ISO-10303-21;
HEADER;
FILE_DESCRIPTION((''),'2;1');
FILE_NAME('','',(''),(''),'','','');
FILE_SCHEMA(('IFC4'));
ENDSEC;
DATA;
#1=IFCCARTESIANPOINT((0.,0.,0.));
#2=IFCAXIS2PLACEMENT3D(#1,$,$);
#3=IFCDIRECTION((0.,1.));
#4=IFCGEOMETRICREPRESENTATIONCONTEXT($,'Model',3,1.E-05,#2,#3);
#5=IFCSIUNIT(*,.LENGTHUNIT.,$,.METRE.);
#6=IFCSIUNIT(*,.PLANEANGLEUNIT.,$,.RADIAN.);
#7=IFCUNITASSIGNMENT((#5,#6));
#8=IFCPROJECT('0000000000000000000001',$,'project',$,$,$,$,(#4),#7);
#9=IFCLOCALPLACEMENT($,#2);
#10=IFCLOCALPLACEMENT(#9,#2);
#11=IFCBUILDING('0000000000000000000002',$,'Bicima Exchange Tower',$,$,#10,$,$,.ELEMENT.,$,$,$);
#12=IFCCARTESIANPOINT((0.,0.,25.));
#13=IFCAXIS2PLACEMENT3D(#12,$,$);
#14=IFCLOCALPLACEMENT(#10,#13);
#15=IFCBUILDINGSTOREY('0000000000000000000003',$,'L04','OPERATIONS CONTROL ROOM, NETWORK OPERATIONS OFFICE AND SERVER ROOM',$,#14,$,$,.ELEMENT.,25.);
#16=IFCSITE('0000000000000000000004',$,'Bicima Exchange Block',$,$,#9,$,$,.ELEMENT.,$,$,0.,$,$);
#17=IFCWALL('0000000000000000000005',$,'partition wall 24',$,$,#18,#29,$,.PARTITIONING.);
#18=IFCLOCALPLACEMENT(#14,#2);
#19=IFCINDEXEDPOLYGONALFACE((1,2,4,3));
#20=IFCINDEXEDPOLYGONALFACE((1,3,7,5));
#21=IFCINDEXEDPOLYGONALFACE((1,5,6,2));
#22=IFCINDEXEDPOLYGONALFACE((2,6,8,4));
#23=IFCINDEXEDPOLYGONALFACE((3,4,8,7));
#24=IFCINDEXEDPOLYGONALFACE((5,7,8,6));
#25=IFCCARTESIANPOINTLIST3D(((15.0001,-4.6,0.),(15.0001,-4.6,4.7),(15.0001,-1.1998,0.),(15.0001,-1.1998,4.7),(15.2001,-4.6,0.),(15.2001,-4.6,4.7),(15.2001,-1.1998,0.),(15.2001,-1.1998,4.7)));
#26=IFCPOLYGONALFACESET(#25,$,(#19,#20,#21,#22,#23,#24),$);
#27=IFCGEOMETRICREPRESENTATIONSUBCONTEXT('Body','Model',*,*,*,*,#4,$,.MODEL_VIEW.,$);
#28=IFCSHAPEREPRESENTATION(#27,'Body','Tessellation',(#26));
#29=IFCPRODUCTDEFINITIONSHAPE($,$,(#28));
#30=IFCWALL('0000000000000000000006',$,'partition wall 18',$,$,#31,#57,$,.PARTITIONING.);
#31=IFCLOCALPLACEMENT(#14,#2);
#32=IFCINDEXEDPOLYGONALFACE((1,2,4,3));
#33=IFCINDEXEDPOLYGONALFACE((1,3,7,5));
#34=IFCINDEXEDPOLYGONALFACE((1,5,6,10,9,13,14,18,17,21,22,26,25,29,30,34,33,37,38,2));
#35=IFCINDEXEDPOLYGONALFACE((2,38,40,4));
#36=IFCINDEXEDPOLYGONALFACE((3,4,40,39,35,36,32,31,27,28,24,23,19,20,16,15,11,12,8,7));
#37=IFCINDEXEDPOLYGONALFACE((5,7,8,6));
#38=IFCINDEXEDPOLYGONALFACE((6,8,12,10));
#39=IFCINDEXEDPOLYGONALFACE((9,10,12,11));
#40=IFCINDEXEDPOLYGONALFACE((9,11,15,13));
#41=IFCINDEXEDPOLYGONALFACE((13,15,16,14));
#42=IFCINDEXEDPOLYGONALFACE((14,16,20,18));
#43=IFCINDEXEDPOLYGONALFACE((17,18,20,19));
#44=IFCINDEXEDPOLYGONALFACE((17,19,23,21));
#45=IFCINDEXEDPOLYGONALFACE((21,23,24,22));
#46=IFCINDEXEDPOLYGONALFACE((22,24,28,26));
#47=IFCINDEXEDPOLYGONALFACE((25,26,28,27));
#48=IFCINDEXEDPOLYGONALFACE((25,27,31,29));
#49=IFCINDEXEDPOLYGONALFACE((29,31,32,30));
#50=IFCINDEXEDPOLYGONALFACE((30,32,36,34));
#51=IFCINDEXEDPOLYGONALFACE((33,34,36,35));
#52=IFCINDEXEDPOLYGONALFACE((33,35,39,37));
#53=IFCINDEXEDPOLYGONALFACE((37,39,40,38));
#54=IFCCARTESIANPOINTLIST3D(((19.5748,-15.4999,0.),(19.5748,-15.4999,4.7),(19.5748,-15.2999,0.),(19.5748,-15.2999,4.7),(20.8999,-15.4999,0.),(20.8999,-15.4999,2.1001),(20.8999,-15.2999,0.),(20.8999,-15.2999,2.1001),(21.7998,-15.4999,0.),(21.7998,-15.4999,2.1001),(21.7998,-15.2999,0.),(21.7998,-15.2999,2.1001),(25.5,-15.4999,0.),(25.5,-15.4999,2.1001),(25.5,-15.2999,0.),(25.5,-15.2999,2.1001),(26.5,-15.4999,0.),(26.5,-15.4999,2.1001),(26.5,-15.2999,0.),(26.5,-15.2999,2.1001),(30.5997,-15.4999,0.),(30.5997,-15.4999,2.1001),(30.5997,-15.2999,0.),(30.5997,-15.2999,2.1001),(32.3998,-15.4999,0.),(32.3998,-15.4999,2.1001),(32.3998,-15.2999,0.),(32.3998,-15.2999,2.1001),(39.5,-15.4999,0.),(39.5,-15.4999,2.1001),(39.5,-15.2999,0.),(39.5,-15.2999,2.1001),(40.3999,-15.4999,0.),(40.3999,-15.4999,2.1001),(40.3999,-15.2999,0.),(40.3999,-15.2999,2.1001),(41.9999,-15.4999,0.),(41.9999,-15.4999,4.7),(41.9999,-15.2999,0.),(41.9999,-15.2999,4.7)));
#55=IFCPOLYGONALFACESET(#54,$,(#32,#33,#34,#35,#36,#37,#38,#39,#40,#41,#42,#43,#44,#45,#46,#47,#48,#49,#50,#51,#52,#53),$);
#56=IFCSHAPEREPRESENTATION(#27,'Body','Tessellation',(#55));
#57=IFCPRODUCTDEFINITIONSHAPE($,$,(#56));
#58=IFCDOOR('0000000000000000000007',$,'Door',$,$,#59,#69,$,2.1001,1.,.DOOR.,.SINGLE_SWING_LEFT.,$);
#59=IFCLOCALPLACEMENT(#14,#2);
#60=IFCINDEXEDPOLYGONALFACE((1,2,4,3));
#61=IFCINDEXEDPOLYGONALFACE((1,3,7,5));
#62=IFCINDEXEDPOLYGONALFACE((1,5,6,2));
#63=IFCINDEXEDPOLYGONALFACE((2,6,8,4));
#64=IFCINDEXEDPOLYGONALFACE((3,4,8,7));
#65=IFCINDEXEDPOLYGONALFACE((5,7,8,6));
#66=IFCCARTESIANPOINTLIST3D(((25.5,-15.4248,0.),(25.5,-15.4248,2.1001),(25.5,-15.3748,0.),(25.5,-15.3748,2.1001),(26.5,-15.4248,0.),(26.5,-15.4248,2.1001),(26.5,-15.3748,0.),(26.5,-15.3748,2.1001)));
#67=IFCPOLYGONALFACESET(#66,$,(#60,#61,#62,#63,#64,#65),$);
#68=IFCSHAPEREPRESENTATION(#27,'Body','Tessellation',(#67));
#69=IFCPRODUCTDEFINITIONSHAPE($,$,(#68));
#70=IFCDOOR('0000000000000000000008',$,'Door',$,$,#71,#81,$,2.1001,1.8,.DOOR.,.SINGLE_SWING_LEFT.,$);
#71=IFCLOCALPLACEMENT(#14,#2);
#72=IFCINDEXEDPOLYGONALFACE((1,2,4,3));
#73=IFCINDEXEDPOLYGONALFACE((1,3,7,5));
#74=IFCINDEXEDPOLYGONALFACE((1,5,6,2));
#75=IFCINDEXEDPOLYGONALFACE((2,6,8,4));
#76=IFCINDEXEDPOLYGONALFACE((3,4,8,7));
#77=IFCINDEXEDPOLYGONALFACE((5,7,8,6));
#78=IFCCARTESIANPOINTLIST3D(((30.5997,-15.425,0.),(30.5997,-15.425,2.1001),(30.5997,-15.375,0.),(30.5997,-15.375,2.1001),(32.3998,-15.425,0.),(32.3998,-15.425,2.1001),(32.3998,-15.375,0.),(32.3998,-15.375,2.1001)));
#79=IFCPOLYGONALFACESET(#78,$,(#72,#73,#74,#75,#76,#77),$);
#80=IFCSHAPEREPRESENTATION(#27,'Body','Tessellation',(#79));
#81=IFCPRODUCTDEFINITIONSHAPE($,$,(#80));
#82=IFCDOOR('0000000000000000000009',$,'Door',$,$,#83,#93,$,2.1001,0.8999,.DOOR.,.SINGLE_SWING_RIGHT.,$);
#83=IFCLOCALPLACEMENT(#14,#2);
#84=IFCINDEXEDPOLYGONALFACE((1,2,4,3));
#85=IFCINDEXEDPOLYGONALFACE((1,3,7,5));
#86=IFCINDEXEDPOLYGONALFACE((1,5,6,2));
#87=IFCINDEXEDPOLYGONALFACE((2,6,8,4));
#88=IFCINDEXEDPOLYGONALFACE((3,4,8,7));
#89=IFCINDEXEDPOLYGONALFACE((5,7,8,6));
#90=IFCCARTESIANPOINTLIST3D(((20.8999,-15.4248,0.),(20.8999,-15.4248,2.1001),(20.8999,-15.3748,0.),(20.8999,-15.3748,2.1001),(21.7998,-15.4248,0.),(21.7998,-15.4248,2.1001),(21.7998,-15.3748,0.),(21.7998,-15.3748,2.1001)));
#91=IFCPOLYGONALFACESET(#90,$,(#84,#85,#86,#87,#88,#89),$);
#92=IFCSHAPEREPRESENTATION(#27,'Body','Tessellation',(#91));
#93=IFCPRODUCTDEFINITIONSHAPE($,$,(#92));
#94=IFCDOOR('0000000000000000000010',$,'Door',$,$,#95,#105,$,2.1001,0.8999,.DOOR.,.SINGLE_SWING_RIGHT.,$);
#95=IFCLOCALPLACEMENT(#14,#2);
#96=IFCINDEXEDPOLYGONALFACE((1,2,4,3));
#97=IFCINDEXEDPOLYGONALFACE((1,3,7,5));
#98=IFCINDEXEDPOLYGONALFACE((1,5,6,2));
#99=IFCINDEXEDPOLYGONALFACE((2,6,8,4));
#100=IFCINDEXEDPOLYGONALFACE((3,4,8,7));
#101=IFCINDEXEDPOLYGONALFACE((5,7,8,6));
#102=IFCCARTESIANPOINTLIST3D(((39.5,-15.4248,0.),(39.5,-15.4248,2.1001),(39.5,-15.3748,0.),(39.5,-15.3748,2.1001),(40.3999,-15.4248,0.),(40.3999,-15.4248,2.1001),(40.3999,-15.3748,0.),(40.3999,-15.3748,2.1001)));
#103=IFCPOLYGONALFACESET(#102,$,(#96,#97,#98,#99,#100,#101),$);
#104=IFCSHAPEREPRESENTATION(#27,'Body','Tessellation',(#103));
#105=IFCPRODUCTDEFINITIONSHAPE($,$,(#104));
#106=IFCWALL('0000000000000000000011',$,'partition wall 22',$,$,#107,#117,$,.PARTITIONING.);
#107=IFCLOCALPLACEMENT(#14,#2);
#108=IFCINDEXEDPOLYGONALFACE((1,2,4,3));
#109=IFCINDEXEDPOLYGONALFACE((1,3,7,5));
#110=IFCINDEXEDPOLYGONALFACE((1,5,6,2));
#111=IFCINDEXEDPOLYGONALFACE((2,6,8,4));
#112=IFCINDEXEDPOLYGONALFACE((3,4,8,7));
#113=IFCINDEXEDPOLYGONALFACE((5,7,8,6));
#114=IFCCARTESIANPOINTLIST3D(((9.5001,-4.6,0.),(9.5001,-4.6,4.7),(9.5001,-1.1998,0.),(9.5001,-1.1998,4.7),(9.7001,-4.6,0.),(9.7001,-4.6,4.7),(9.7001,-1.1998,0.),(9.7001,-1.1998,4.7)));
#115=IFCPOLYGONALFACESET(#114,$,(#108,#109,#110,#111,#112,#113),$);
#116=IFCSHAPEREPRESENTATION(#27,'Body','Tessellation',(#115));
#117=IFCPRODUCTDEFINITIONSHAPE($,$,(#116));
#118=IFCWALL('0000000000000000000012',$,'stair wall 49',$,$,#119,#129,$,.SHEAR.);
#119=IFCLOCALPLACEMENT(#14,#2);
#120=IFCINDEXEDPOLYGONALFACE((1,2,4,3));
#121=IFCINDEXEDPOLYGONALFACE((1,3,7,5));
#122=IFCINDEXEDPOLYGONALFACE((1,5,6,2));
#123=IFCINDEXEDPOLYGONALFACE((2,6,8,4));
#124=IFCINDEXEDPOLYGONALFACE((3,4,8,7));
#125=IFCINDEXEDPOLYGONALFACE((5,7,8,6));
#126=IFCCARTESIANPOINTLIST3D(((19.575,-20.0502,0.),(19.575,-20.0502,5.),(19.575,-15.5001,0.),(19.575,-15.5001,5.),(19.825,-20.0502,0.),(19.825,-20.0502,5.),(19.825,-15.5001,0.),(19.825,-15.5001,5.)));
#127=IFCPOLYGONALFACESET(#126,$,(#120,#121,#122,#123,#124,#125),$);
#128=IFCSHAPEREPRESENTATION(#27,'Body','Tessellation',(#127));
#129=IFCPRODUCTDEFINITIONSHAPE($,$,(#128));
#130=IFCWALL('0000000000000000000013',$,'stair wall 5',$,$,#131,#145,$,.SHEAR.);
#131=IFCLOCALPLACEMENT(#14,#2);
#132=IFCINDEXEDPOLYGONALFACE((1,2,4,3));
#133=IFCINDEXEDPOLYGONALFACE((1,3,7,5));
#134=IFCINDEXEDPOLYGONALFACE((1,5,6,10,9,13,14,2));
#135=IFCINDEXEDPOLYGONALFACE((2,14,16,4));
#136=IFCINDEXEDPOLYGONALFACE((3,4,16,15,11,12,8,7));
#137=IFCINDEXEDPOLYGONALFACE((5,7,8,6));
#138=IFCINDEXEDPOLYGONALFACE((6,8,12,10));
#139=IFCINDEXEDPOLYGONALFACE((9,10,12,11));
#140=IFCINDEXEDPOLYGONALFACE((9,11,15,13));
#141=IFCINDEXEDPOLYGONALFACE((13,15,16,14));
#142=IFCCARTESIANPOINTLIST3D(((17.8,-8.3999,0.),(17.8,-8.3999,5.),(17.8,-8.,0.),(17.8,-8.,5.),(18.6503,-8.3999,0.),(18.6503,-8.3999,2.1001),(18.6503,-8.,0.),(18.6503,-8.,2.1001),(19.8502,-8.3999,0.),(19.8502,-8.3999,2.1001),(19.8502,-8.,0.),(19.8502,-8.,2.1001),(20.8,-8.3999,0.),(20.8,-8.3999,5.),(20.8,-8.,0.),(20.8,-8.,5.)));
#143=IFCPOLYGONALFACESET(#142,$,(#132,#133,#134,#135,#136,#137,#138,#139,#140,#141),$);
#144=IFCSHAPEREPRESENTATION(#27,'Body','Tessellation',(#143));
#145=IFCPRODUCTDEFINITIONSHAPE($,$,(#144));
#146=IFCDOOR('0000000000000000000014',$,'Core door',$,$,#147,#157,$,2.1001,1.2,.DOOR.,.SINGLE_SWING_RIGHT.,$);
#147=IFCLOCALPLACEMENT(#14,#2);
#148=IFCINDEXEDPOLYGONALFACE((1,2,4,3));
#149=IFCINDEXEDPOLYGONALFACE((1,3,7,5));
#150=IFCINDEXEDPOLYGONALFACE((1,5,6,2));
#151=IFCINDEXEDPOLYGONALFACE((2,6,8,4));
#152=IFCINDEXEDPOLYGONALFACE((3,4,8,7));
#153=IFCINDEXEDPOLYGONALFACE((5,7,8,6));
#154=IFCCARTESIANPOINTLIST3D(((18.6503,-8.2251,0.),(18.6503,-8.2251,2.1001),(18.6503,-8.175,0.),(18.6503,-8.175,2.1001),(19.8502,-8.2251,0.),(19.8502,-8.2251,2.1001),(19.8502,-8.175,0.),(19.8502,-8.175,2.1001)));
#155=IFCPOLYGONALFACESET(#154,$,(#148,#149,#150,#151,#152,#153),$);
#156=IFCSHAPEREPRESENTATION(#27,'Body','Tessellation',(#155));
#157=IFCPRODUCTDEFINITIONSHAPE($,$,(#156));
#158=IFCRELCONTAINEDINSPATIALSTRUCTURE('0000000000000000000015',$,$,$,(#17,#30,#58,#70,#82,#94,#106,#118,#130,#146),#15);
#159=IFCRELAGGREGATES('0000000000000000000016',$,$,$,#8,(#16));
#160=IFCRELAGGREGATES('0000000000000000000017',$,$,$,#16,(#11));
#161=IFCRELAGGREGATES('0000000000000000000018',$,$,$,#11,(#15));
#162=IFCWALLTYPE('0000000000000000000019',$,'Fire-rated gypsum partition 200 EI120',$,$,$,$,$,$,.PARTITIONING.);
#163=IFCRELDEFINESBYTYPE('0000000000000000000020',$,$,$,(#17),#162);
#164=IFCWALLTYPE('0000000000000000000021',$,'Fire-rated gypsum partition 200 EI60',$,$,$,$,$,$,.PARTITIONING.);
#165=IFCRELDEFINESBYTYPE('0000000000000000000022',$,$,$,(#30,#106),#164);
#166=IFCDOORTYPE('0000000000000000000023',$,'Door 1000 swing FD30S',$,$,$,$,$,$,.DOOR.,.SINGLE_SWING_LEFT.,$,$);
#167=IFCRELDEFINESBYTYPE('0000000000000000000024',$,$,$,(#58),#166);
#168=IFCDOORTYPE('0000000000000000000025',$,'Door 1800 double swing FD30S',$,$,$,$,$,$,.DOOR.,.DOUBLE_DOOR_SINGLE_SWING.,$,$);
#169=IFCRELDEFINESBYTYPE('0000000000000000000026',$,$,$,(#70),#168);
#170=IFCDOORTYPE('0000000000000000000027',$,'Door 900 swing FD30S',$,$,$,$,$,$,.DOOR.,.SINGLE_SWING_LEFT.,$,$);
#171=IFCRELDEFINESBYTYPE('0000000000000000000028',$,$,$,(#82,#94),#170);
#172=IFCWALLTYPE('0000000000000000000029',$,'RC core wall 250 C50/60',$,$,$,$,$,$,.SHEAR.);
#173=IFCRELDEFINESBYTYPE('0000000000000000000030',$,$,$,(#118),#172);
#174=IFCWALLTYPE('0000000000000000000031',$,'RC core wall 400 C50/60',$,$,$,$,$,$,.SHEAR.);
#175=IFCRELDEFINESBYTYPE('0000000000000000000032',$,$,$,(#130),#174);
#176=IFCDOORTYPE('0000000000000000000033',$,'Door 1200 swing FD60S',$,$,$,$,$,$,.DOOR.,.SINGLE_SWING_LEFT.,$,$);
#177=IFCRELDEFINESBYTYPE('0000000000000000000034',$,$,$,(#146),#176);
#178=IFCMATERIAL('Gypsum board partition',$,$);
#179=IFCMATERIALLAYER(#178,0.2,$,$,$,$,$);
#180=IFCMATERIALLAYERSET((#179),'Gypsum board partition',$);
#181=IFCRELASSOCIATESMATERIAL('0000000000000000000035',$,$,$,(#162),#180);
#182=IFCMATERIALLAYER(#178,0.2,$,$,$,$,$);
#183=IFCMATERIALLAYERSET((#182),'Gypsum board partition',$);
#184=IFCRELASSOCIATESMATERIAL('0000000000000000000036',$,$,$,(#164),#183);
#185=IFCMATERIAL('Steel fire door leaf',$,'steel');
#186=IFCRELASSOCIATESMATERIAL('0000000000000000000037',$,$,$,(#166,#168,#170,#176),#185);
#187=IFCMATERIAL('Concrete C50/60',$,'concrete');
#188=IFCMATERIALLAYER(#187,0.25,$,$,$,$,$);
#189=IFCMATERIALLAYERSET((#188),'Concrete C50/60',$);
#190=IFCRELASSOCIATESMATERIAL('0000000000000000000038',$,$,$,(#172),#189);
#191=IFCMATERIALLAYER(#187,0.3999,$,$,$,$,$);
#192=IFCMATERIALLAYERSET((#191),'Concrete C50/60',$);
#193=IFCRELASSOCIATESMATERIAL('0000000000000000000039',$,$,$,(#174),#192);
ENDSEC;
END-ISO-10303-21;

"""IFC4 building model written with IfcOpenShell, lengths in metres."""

from ifc_helpers import new_model, si_unit, direction, frame, frame_2d, origin, place, context, subcontext, project, spatial, rectangle, extrude, material, layer, layer_set, type_object, element, fill, save


model = new_model("IFC4")

# Units and contexts
model_context = context("Model", 3, precision=1e-05, world=origin(), true_north=direction((0.0, 1.0)))
body_context = subcontext(model_context, "Body", "Model", "MODEL_VIEW")
ifc_project = project(units=[si_unit("LENGTHUNIT", "METRE"), si_unit("PLANEANGLEUNIT", "RADIAN")], contexts=[model_context])

# Site, building, storey
site_placement = place(None, origin())
site = spatial("IfcSite", under=ifc_project, at=site_placement, Name="Bicima Exchange Block", CompositionType="ELEMENT", RefElevation=0.0)
building_placement = place(site_placement, origin())
building = spatial("IfcBuilding", under=site, at=building_placement, Name="Bicima Exchange Tower", CompositionType="ELEMENT")
storey_placement = place(building_placement, frame((0.0, 0.0, 25.0)))
storey = spatial("IfcBuildingStorey", under=building, at=storey_placement, Name="L04", Description="OPERATIONS CONTROL ROOM, NETWORK OPERATIONS OFFICE AND SERVER ROOM", CompositionType="ELEMENT", Elevation=25.0)

# Wall
ifc_material_1 = material(Name="Gypsum board partition")
ifc_layer_1 = layer(ifc_material_1, 0.2)
ifc_layer_set_1 = layer_set([ifc_layer_1], Name="Gypsum board partition")
wall_type_1 = type_object("IfcWallType", Name="Fire-rated gypsum partition 200 EI120", PredefinedType="PARTITIONING", material=ifc_layer_set_1)
wall_1_placement = place(storey_placement, frame((15.1001, -4.6001, 0.0), z_axis=(0.0, 0.0, 1.0), x_axis=(0.0, 1.0, 0.0)))
element("IfcWall", 1, at=wall_1_placement, inside=storey, type_object=wall_type_1, Name="partition wall 24", PredefinedType="PARTITIONING", context=body_context, shape_type="SweptSolid", body=[
    extrude(rectangle(XDim=3.4001, YDim=0.2, at=frame_2d((1.7002, 0.0))), origin(), (0.0, 0.0, 1.0), 4.7),
])

# Wall, openings, doors
ifc_layer_2 = layer(ifc_material_1, 0.2)
ifc_layer_set_2 = layer_set([ifc_layer_2], Name="Gypsum board partition")
wall_type_2 = type_object("IfcWallType", Name="Fire-rated gypsum partition 200 EI60", PredefinedType="PARTITIONING", material=ifc_layer_set_2)
wall_2_placement = place(storey_placement, frame((19.575, -15.3999, 0.0), z_axis=(0.0, 0.0, 1.0), x_axis=(1.0, 0.0, 0.0)))
wall_2 = element("IfcWall", 2, at=wall_2_placement, inside=storey, type_object=wall_type_2, Name="partition wall 18", PredefinedType="PARTITIONING", context=body_context, shape_type="SweptSolid", body=[
    extrude(rectangle(XDim=22.425, YDim=0.2, at=frame_2d((11.2124, 0.0))), origin(), (0.0, 0.0, 1.0), 4.7),
])
opening_1_placement = place(wall_2_placement, frame((1.325, 0.0, 0.0)))
opening_1 = element("IfcOpeningElement", 3, at=opening_1_placement, cuts=wall_2, PredefinedType="OPENING", context=body_context, shape_type="SweptSolid", body=[
    extrude(rectangle(XDim=0.8999, YDim=2.1001, at=frame_2d((0.45, 1.05))), frame((0.0, 0.1118, 0.0), z_axis=(0.0, -1.0, 0.0), x_axis=(1.0, 0.0, 0.0)), (0.0, 0.0, 1.0), 0.2239),
])
opening_2_placement = place(wall_2_placement, frame((5.925, 0.0, 0.0)))
opening_2 = element("IfcOpeningElement", 4, at=opening_2_placement, cuts=wall_2, PredefinedType="OPENING", context=body_context, shape_type="SweptSolid", body=[
    extrude(rectangle(XDim=1.0, YDim=2.1001, at=frame_2d((0.5, 1.05))), frame((0.0, 0.1118, 0.0), z_axis=(0.0, -1.0, 0.0), x_axis=(1.0, 0.0, 0.0)), (0.0, 0.0, 1.0), 0.2239),
])
opening_3_placement = place(wall_2_placement, frame((11.0249, 0.0, 0.0)))
opening_3 = element("IfcOpeningElement", 5, at=opening_3_placement, cuts=wall_2, PredefinedType="OPENING", context=body_context, shape_type="SweptSolid", body=[
    extrude(rectangle(XDim=1.8, YDim=2.1001, at=frame_2d((0.8999, 1.05))), frame((0.0, 0.1118, 0.0), z_axis=(0.0, -1.0, 0.0), x_axis=(1.0, 0.0, 0.0)), (0.0, 0.0, 1.0), 0.2239),
])
opening_4_placement = place(wall_2_placement, frame((19.925, 0.0, 0.0)))
opening_4 = element("IfcOpeningElement", 6, at=opening_4_placement, cuts=wall_2, PredefinedType="OPENING", context=body_context, shape_type="SweptSolid", body=[
    extrude(rectangle(XDim=0.8999, YDim=2.1001, at=frame_2d((0.45, 1.05))), frame((0.0, 0.1118, 0.0), z_axis=(0.0, -1.0, 0.0), x_axis=(1.0, 0.0, 0.0)), (0.0, 0.0, 1.0), 0.2239),
])
ifc_material_2 = material(Name="Steel fire door leaf", Category="steel")
door_type_1 = type_object("IfcDoorType", Name="Door 1000 swing FD30S", OperationType="SINGLE_SWING_LEFT", PredefinedType="DOOR", material=ifc_material_2)
door_1_placement = place(opening_2_placement, frame((1.0, 0.0, 0.0), z_axis=(0.0, 0.0, 1.0), x_axis=(-1.0, 0.0, 0.0)))
door_1 = element("IfcDoor", 7, at=door_1_placement, inside=storey, type_object=door_type_1, Name="Door", OperationType="SINGLE_SWING_LEFT", OverallHeight=2.1001, OverallWidth=1.0, PredefinedType="DOOR", context=body_context, shape_type="SweptSolid", body=[
    extrude(rectangle(XDim=1.0, YDim=2.1001, at=frame_2d((0.5, 1.05))), frame((0.0, 0.0249, 0.0), z_axis=(0.0, -1.0, 0.0), x_axis=(1.0, 0.0, 0.0)), (0.0, 0.0, 1.0), 0.05),
])
fill(opening_2, door_1)
door_type_2 = type_object("IfcDoorType", Name="Door 1800 double swing FD30S", OperationType="DOUBLE_DOOR_SINGLE_SWING", PredefinedType="DOOR", material=ifc_material_2)
door_2_placement = place(opening_3_placement, origin())
door_2 = element("IfcDoor", 8, at=door_2_placement, inside=storey, type_object=door_type_2, Name="Door", OperationType="SINGLE_SWING_LEFT", OverallHeight=2.1001, OverallWidth=1.8, PredefinedType="DOOR", context=body_context, shape_type="SweptSolid", body=[
    extrude(rectangle(XDim=1.8, YDim=2.1001, at=frame_2d((0.8999, 1.05))), frame((0.0, 0.0249, 0.0), z_axis=(0.0, -1.0, 0.0), x_axis=(1.0, 0.0, 0.0)), (0.0, 0.0, 1.0), 0.05),
])
fill(opening_3, door_2)
door_type_3 = type_object("IfcDoorType", Name="Door 900 swing FD30S", OperationType="SINGLE_SWING_LEFT", PredefinedType="DOOR", material=ifc_material_2)
door_3_placement = place(opening_1_placement, frame((0.8999, 0.0, 0.0), z_axis=(0.0, 0.0, 1.0), x_axis=(-1.0, 0.0, 0.0)))
door_3 = element("IfcDoor", 9, at=door_3_placement, inside=storey, type_object=door_type_3, Name="Door", OperationType="SINGLE_SWING_RIGHT", OverallHeight=2.1001, OverallWidth=0.8999, PredefinedType="DOOR", context=body_context, shape_type="SweptSolid", body=[
    extrude(rectangle(XDim=0.8999, YDim=2.1001, at=frame_2d((0.45, 1.05))), frame((0.0, 0.0249, 0.0), z_axis=(0.0, -1.0, 0.0), x_axis=(1.0, 0.0, 0.0)), (0.0, 0.0, 1.0), 0.05),
])
fill(opening_1, door_3)
door_4_placement = place(opening_4_placement, frame((0.8999, 0.0, 0.0), z_axis=(0.0, 0.0, 1.0), x_axis=(-1.0, 0.0, 0.0)))
door_4 = element("IfcDoor", 10, at=door_4_placement, inside=storey, type_object=door_type_3, Name="Door", OperationType="SINGLE_SWING_RIGHT", OverallHeight=2.1001, OverallWidth=0.8999, PredefinedType="DOOR", context=body_context, shape_type="SweptSolid", body=[
    extrude(rectangle(XDim=0.8999, YDim=2.1001, at=frame_2d((0.45, 1.05))), frame((0.0, 0.0249, 0.0), z_axis=(0.0, -1.0, 0.0), x_axis=(1.0, 0.0, 0.0)), (0.0, 0.0, 1.0), 0.05),
])
fill(opening_4, door_4)

# Walls
wall_3_placement = place(storey_placement, frame((9.6001, -4.6001, 0.0), z_axis=(0.0, 0.0, 1.0), x_axis=(0.0, 1.0, 0.0)))
element("IfcWall", 11, at=wall_3_placement, inside=storey, type_object=wall_type_2, Name="partition wall 22", PredefinedType="PARTITIONING", context=body_context, shape_type="SweptSolid", body=[
    extrude(rectangle(XDim=3.4001, YDim=0.2, at=frame_2d((1.7002, 0.0))), origin(), (0.0, 0.0, 1.0), 4.7),
])
ifc_material_3 = material(Name="Concrete C50/60", Category="concrete")
ifc_layer_3 = layer(ifc_material_3, 0.25)
ifc_layer_set_3 = layer_set([ifc_layer_3], Name="Concrete C50/60")
wall_type_3 = type_object("IfcWallType", Name="RC core wall 250 C50/60", PredefinedType="SHEAR", material=ifc_layer_set_3)
wall_4_placement = place(storey_placement, frame((19.7, -20.05, 0.0), z_axis=(0.0, 0.0, 1.0), x_axis=(0.0, 1.0, 0.0)))
element("IfcWall", 12, at=wall_4_placement, inside=storey, type_object=wall_type_3, Name="stair wall 49", PredefinedType="SHEAR", context=body_context, shape_type="SweptSolid", body=[
    extrude(rectangle(XDim=4.55, YDim=0.25, at=frame_2d((2.2749, 0.0))), origin(), (0.0, 0.0, 1.0), 5.0),
])

# Wall, opening, door
ifc_layer_4 = layer(ifc_material_3, 0.3999)
ifc_layer_set_4 = layer_set([ifc_layer_4], Name="Concrete C50/60")
wall_type_4 = type_object("IfcWallType", Name="RC core wall 400 C50/60", PredefinedType="SHEAR", material=ifc_layer_set_4)
wall_5_placement = place(storey_placement, frame((17.8, -8.2, 0.0), z_axis=(0.0, 0.0, 1.0), x_axis=(1.0, 0.0, 0.0)))
wall_5 = element("IfcWall", 13, at=wall_5_placement, inside=storey, type_object=wall_type_4, Name="stair wall 5", PredefinedType="SHEAR", context=body_context, shape_type="SweptSolid", body=[
    extrude(rectangle(XDim=3.0, YDim=0.3999, at=frame_2d((1.5, 0.0))), origin(), (0.0, 0.0, 1.0), 5.0),
])
opening_5_placement = place(wall_5_placement, frame((0.8501, 0.0, 0.0)))
opening_5 = element("IfcOpeningElement", 14, at=opening_5_placement, cuts=wall_5, PredefinedType="OPENING", context=body_context, shape_type="SweptSolid", body=[
    extrude(rectangle(XDim=1.2, YDim=2.1001, at=frame_2d((0.6001, 1.05))), frame((0.0, 0.2119, 0.0), z_axis=(0.0, -1.0, 0.0), x_axis=(1.0, 0.0, 0.0)), (0.0, 0.0, 1.0), 0.4238),
])
door_type_4 = type_object("IfcDoorType", Name="Door 1200 swing FD60S", OperationType="SINGLE_SWING_LEFT", PredefinedType="DOOR", material=ifc_material_2)
door_5_placement = place(opening_5_placement, origin())
door_5 = element("IfcDoor", 15, at=door_5_placement, inside=storey, type_object=door_type_4, Name="Core door", OperationType="SINGLE_SWING_RIGHT", OverallHeight=2.1001, OverallWidth=1.2, PredefinedType="DOOR", context=body_context, shape_type="SweptSolid", body=[
    extrude(rectangle(XDim=1.2, YDim=2.1001, at=frame_2d((0.6001, 1.05))), frame((0.0, 0.0249, 0.0), z_axis=(0.0, -1.0, 0.0), x_axis=(1.0, 0.0, 0.0)), (0.0, 0.0, 1.0), 0.05),
])
fill(opening_5, door_5)

save(model, "model.ifc")
